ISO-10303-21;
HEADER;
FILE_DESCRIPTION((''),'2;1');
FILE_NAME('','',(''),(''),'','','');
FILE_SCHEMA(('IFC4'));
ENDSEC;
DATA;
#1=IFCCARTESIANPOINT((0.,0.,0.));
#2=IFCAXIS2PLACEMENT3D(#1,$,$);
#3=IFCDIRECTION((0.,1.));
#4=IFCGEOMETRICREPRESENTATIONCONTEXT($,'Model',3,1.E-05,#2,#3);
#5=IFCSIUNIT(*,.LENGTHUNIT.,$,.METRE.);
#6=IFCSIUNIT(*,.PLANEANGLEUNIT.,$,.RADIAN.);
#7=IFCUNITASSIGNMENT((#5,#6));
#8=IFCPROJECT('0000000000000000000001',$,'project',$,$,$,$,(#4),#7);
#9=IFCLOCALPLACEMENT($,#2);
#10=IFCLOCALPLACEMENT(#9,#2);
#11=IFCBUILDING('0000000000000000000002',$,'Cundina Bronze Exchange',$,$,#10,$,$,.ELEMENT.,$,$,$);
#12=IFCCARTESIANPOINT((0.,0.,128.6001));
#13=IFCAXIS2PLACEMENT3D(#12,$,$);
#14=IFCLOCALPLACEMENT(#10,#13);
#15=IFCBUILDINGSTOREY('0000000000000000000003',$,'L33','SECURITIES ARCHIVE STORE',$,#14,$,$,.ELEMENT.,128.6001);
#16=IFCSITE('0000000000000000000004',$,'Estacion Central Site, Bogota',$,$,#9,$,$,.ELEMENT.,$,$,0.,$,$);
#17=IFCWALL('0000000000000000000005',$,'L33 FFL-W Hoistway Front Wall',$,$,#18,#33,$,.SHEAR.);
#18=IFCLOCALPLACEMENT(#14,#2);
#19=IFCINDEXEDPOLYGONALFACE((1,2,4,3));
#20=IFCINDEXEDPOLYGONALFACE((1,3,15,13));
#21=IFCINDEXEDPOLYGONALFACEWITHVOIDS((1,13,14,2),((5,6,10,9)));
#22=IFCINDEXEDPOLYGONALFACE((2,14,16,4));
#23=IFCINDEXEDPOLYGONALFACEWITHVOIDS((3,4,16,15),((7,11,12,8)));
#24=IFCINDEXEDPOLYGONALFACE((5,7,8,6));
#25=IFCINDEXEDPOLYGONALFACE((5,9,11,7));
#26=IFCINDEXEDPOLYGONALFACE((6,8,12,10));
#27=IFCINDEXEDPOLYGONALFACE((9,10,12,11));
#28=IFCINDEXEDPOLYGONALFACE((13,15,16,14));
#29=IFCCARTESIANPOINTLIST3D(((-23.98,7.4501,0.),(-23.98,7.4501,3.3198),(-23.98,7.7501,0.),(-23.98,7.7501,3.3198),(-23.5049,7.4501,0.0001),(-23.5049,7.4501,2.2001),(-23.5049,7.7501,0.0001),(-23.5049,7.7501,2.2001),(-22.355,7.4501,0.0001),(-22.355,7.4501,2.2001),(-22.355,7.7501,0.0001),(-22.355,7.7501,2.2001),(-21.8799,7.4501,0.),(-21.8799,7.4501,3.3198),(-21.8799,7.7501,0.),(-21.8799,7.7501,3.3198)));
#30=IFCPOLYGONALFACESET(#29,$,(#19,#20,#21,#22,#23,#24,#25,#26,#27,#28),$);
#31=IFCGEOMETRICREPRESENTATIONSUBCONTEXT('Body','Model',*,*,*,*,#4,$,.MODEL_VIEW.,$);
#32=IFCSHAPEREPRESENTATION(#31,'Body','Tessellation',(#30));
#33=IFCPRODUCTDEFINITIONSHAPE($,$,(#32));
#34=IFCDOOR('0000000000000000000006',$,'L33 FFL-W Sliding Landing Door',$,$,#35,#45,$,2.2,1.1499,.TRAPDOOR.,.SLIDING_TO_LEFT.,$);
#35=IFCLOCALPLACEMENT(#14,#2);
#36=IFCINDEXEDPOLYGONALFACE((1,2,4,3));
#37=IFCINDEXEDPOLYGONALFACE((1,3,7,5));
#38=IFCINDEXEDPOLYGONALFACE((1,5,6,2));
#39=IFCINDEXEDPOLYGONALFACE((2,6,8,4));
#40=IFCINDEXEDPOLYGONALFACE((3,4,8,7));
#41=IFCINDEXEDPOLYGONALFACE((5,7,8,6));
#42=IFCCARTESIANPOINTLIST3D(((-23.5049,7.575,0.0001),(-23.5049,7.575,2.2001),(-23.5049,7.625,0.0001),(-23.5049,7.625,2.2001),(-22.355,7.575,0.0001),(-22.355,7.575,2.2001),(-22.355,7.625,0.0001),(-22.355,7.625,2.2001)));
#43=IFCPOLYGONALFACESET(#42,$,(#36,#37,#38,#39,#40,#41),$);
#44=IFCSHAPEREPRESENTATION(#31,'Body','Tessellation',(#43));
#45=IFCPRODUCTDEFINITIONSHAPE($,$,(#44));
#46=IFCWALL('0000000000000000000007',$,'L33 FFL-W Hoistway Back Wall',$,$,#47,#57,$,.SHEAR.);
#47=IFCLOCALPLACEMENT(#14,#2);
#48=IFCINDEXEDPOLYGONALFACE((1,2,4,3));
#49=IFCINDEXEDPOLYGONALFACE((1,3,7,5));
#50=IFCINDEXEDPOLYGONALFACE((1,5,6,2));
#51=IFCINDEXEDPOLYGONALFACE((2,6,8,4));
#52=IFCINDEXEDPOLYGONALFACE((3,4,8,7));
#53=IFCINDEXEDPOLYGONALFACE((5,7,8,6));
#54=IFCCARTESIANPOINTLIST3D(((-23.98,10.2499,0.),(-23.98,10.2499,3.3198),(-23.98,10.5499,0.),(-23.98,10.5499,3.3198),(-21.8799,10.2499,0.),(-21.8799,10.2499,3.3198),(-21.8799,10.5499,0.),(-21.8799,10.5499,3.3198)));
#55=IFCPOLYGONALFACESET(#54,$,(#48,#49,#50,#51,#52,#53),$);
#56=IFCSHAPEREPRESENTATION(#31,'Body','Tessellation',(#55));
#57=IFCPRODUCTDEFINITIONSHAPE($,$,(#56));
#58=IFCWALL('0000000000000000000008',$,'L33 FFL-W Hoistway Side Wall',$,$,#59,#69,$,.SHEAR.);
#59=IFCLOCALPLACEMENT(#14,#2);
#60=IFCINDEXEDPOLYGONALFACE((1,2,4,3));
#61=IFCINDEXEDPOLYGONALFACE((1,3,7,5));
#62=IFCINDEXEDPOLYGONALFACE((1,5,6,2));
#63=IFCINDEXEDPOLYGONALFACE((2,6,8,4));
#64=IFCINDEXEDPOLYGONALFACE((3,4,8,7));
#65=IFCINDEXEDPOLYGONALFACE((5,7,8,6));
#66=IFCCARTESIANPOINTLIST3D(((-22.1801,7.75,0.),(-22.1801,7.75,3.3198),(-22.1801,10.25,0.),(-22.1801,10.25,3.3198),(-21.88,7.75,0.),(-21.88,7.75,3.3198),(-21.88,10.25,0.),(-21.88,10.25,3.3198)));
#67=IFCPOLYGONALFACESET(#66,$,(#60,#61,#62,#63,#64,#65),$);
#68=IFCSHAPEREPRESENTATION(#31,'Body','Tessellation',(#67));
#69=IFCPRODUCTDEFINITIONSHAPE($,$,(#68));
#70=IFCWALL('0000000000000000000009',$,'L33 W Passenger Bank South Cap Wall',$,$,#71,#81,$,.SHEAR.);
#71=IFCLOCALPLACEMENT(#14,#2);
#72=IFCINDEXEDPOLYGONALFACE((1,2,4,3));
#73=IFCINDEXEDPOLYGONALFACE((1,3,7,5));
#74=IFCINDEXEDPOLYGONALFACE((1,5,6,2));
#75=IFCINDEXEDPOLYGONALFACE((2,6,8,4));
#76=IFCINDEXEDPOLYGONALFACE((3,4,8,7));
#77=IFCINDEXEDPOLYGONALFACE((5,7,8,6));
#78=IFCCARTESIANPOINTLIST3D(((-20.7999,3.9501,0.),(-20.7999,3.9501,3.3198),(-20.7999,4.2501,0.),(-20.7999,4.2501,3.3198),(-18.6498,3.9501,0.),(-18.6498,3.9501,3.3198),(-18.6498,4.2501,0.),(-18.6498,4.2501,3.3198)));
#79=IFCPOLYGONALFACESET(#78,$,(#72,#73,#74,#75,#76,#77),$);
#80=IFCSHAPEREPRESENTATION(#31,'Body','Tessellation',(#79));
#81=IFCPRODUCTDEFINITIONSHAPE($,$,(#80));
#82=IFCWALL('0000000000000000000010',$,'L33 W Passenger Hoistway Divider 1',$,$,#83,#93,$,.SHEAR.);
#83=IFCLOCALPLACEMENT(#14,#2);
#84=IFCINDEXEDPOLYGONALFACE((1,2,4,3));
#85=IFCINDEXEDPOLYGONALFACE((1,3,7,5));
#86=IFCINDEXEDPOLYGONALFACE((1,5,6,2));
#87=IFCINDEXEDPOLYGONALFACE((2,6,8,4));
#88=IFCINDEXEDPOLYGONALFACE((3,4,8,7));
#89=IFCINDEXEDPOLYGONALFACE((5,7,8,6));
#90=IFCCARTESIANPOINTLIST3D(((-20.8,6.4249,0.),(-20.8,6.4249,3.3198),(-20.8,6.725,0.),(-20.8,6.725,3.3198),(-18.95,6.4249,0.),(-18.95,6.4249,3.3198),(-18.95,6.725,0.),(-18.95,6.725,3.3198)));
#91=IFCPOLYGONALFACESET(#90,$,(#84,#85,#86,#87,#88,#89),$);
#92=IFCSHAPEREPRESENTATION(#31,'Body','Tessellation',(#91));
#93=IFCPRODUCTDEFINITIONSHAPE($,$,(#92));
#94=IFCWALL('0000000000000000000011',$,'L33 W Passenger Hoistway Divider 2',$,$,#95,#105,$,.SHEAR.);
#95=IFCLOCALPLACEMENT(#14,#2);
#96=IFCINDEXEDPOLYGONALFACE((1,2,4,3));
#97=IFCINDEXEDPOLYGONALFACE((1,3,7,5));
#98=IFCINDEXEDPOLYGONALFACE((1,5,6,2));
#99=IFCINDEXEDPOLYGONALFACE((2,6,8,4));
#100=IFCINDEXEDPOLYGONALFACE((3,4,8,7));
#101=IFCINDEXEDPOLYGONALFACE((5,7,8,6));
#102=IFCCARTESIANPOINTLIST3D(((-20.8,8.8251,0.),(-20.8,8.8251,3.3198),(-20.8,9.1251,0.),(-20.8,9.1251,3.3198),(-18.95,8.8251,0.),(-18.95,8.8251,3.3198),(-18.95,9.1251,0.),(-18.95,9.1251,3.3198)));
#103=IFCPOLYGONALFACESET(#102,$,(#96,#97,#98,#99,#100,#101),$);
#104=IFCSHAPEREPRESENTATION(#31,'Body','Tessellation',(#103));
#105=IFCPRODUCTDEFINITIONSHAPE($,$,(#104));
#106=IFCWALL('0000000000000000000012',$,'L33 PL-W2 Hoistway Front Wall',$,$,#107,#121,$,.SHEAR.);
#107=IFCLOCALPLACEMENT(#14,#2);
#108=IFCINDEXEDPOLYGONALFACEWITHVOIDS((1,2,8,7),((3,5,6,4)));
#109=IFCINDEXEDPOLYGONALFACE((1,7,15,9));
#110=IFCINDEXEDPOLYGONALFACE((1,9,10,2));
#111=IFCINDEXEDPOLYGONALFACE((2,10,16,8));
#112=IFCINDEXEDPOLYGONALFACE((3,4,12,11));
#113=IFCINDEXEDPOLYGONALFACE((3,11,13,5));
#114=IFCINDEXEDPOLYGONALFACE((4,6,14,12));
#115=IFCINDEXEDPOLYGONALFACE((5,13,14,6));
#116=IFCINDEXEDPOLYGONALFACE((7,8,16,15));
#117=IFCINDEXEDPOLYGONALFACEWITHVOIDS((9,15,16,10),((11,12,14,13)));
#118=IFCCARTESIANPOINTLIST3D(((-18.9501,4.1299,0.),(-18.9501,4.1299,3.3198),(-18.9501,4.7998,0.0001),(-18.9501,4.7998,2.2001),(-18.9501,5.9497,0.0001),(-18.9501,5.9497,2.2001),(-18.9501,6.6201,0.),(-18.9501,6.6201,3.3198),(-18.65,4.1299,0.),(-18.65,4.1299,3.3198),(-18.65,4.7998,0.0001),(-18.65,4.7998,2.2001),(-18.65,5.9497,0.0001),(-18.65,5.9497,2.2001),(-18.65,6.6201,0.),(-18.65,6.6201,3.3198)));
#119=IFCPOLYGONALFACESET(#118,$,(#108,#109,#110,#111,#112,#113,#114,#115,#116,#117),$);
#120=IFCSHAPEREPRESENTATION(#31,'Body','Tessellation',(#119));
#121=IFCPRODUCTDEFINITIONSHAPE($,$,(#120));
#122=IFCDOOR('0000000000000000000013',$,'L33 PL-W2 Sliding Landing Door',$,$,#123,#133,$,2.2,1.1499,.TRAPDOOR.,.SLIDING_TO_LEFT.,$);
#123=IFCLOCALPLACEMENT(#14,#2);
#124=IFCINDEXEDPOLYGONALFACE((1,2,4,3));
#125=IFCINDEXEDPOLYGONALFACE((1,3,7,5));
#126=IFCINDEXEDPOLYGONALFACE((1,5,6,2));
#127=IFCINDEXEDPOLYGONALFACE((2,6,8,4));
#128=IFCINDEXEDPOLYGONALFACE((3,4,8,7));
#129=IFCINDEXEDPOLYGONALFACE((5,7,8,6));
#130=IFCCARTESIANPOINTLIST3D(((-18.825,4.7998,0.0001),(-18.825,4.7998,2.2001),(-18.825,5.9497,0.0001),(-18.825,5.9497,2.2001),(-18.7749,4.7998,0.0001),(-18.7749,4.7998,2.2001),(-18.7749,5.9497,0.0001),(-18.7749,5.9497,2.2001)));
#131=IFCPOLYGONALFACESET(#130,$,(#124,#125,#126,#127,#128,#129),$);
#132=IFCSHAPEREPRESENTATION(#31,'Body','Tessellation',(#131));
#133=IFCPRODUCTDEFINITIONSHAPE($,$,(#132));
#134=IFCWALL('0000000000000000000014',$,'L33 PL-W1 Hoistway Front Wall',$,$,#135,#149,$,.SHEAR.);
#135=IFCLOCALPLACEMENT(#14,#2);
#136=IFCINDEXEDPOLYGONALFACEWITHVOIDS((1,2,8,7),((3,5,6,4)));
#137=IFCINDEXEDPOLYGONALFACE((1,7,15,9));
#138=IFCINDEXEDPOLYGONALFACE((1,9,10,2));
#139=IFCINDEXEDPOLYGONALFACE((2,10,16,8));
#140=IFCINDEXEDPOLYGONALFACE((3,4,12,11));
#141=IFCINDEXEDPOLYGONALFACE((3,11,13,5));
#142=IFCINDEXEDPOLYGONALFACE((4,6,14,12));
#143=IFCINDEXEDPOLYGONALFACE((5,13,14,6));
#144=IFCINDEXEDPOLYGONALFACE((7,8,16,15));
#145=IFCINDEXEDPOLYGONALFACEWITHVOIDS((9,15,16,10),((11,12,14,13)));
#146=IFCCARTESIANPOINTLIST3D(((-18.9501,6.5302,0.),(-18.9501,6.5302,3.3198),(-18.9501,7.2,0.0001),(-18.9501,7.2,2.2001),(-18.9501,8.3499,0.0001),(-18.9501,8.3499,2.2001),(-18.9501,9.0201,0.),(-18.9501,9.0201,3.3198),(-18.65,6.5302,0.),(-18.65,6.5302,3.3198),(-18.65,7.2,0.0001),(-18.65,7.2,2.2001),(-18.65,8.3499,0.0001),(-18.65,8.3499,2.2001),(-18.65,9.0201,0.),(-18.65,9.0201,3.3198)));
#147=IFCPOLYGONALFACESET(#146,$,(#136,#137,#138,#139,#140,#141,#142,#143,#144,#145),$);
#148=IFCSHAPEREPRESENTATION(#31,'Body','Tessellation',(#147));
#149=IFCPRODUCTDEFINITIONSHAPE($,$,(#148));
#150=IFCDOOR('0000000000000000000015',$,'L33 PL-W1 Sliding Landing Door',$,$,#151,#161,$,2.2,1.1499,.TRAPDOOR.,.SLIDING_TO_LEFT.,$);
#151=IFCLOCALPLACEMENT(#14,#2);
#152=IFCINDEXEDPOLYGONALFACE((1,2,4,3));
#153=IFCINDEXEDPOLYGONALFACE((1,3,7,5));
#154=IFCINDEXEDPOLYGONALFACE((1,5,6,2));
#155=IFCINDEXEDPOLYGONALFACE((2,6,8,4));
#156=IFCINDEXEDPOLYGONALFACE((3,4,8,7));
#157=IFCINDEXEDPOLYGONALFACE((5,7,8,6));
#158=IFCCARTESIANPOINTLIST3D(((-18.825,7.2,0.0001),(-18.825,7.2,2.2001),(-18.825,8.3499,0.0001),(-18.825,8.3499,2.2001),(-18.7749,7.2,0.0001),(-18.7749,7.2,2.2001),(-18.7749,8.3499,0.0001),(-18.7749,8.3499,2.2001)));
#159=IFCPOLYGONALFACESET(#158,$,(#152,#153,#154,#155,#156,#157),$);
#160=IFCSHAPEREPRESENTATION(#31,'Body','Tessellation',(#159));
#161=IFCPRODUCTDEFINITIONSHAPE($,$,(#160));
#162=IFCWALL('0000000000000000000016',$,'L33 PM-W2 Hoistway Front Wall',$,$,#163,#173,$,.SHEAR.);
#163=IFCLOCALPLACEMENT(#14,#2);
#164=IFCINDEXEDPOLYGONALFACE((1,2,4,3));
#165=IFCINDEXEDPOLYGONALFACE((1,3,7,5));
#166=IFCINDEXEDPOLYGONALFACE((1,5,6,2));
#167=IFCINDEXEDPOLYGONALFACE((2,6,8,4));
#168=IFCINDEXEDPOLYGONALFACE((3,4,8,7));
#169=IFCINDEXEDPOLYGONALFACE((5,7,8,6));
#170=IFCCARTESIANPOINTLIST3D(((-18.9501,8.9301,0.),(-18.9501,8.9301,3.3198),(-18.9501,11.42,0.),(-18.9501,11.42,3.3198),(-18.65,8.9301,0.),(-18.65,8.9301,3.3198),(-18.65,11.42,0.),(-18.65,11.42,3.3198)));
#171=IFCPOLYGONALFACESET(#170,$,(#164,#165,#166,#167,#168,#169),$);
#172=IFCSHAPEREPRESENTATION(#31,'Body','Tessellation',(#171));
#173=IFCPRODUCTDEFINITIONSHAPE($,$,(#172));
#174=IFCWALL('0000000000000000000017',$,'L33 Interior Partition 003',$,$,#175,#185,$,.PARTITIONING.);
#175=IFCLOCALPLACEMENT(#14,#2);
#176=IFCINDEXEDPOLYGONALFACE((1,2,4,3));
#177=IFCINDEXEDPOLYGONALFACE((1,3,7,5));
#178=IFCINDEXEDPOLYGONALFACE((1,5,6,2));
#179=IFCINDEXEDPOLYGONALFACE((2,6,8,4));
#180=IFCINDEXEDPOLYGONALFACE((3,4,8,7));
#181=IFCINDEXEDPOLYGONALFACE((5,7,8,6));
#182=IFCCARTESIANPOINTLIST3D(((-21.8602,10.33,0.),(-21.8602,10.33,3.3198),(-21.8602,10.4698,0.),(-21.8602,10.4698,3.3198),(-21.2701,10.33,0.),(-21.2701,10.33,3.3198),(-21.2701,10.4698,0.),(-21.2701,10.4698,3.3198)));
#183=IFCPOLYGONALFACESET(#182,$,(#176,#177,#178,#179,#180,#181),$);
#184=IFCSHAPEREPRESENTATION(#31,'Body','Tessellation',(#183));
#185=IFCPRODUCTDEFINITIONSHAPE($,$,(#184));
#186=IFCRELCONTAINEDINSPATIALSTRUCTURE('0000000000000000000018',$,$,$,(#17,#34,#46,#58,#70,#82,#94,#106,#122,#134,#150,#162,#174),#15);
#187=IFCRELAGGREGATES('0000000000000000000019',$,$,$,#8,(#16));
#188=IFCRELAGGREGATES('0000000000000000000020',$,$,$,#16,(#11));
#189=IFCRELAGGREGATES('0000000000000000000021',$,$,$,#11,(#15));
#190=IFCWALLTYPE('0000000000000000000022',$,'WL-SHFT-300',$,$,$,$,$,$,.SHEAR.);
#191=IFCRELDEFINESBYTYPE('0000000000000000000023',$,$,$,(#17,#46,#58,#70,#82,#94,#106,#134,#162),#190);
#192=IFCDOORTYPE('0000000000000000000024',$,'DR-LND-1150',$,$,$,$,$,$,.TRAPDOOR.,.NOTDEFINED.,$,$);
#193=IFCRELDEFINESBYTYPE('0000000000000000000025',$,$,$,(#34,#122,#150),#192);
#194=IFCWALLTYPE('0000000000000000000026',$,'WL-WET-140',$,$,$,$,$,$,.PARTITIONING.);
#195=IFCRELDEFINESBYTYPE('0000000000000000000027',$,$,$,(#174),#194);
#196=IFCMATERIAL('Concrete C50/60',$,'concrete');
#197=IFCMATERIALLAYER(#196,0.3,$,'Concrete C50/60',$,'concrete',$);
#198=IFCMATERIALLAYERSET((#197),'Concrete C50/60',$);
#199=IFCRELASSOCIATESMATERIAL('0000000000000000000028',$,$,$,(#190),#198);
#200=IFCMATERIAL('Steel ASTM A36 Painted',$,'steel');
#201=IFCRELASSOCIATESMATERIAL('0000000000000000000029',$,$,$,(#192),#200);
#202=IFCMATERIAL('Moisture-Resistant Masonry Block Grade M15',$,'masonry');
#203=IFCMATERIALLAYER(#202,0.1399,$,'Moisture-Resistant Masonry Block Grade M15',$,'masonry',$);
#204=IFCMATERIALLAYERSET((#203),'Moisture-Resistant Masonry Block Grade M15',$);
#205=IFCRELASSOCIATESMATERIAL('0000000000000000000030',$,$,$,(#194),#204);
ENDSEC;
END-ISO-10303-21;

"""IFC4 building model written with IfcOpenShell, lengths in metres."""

from ifc_helpers import new_model, si_unit, direction, frame, frame_2d, origin, place, context, subcontext, project, spatial, rectangle, extrude, material, layer, layer_set, type_object, element, fill, save


model = new_model("IFC4")

# Units and contexts
model_context = context("Model", 3, precision=1e-05, world=origin(), true_north=direction((0.0, 1.0)))
body_context = subcontext(model_context, "Body", "Model", "MODEL_VIEW")
ifc_project = project(units=[si_unit("LENGTHUNIT", "METRE"), si_unit("PLANEANGLEUNIT", "RADIAN")], contexts=[model_context])

# Site, building, storey
site_placement = place(None, origin())
site = spatial("IfcSite", under=ifc_project, at=site_placement, Name="Estacion Central Site, Bogota", CompositionType="ELEMENT", RefElevation=0.0)
building_placement = place(site_placement, origin())
building = spatial("IfcBuilding", under=site, at=building_placement, Name="Cundina Bronze Exchange", CompositionType="ELEMENT")
storey_placement = place(building_placement, frame((0.0, 0.0, 128.6001)))
storey = spatial("IfcBuildingStorey", under=building, at=storey_placement, Name="L33", Description="SECURITIES ARCHIVE STORE", CompositionType="ELEMENT", Elevation=128.6001)

# Shared definitions
ifc_material_1 = material(Name="Concrete C50/60", Category="concrete")
ifc_layer_1 = layer(ifc_material_1, 0.3, Name="Concrete C50/60", Category="concrete")
ifc_layer_set_1 = layer_set([ifc_layer_1], Name="Concrete C50/60")
wall_type_1 = type_object("IfcWallType", Name="WL-SHFT-300", PredefinedType="SHEAR", material=ifc_layer_set_1)

# Wall, opening, door
wall_1_placement = place(storey_placement, frame((-23.98, 7.6001, 0.0), z_axis=(0.0, 0.0, 1.0), x_axis=(1.0, 0.0, 0.0)))
wall_1 = element("IfcWall", 1, at=wall_1_placement, inside=storey, type_object=wall_type_1, Name="L33 FFL-W Hoistway Front Wall", PredefinedType="SHEAR", context=body_context, shape_type="SweptSolid", body=[
    extrude(rectangle(XDim=2.1001, YDim=0.3, at=frame_2d((1.05, 0.0))), origin(), (0.0, 0.0, 1.0), 3.3198),
])
opening_1_placement = place(wall_1_placement, frame((0.4751, 0.0, 0.0)))
opening_1 = element("IfcOpeningElement", 2, at=opening_1_placement, cuts=wall_1, PredefinedType="OPENING", context=body_context, shape_type="SweptSolid", body=[
    extrude(rectangle(XDim=1.1499, YDim=2.2, at=frame_2d((0.575, 1.1001))), frame((0.0, 0.1599, 0.0), z_axis=(0.0, -1.0, 0.0), x_axis=(1.0, 0.0, 0.0)), (0.0, 0.0, 1.0), 0.3201),
])
ifc_material_2 = material(Name="Steel ASTM A36 Painted", Category="steel")
door_type = type_object("IfcDoorType", Name="DR-LND-1150", OperationType="NOTDEFINED", PredefinedType="TRAPDOOR", material=ifc_material_2)
door_1_placement = place(opening_1_placement, origin())
door_1 = element("IfcDoor", 3, at=door_1_placement, inside=storey, type_object=door_type, Name="L33 FFL-W Sliding Landing Door", OperationType="SLIDING_TO_LEFT", OverallHeight=2.2, OverallWidth=1.1499, PredefinedType="TRAPDOOR", context=body_context, shape_type="SweptSolid", body=[
    extrude(rectangle(XDim=1.1499, YDim=2.2, at=frame_2d((0.575, 1.1001))), frame((0.0, 0.0249, 0.0), z_axis=(0.0, -1.0, 0.0), x_axis=(1.0, 0.0, 0.0)), (0.0, 0.0, 1.0), 0.05),
])
fill(opening_1, door_1)

# Walls
wall_2_placement = place(storey_placement, frame((-23.98, 10.3999, 0.0), z_axis=(0.0, 0.0, 1.0), x_axis=(1.0, 0.0, 0.0)))
element("IfcWall", 4, at=wall_2_placement, inside=storey, type_object=wall_type_1, Name="L33 FFL-W Hoistway Back Wall", PredefinedType="SHEAR", context=body_context, shape_type="SweptSolid", body=[
    extrude(rectangle(XDim=2.1001, YDim=0.3, at=frame_2d((1.05, 0.0))), origin(), (0.0, 0.0, 1.0), 3.3198),
])
wall_3_placement = place(storey_placement, frame((-22.03, 7.75, 0.0), z_axis=(0.0, 0.0, 1.0), x_axis=(0.0, 1.0, 0.0)))
element("IfcWall", 5, at=wall_3_placement, inside=storey, type_object=wall_type_1, Name="L33 FFL-W Hoistway Side Wall", PredefinedType="SHEAR", context=body_context, shape_type="SweptSolid", body=[
    extrude(rectangle(XDim=2.5, YDim=0.3, at=frame_2d((1.25, 0.0))), origin(), (0.0, 0.0, 1.0), 3.3198),
])
wall_4_placement = place(storey_placement, frame((-20.8, 4.1001, 0.0), z_axis=(0.0, 0.0, 1.0), x_axis=(1.0, 0.0, 0.0)))
element("IfcWall", 6, at=wall_4_placement, inside=storey, type_object=wall_type_1, Name="L33 W Passenger Bank South Cap Wall", PredefinedType="SHEAR", context=body_context, shape_type="SweptSolid", body=[
    extrude(rectangle(XDim=2.1501, YDim=0.3, at=frame_2d((1.0752, 0.0))), origin(), (0.0, 0.0, 1.0), 3.3198),
])
for number, where, z_axis, x_axis, name in (
    (7, (-20.8, 6.575, 0.0), (0.0, 0.0, 1.0), (1.0, 0.0, 0.0), "L33 W Passenger Hoistway Divider 1"),
    (8, (-20.8, 8.9751, 0.0), (0.0, 0.0, 1.0), (1.0, 0.0, 0.0), "L33 W Passenger Hoistway Divider 2"),
):
    element("IfcWall", number, at=place(storey_placement, frame(where, z_axis=z_axis, x_axis=x_axis)), inside=storey, type_object=wall_type_1, Name=name, PredefinedType="SHEAR", context=body_context, shape_type="SweptSolid", body=[
        extrude(rectangle(XDim=1.8501, YDim=0.3, at=frame_2d((0.925, 0.0))), origin(), (0.0, 0.0, 1.0), 3.3198),
    ])

# Walls, openings, doors
wall_5_placement = place(storey_placement, frame((-18.8, 4.1299, 0.0), z_axis=(0.0, 0.0, 1.0), x_axis=(0.0, 1.0, 0.0)))
wall_5 = element("IfcWall", 9, at=wall_5_placement, inside=storey, type_object=wall_type_1, Name="L33 PL-W2 Hoistway Front Wall", PredefinedType="SHEAR", context=body_context, shape_type="SweptSolid", body=[
    extrude(rectangle(XDim=2.4902, YDim=0.3, at=frame_2d((1.2451, 0.0))), origin(), (0.0, 0.0, 1.0), 3.3198),
])
opening_2_placement = place(wall_5_placement, frame((0.6699, 0.0, 0.0)))
opening_2 = element("IfcOpeningElement", 10, at=opening_2_placement, cuts=wall_5, PredefinedType="OPENING", context=body_context, shape_type="SweptSolid", body=[
    extrude(rectangle(XDim=1.1499, YDim=2.2, at=frame_2d((0.575, 1.1001))), frame((0.0, 0.1599, 0.0), z_axis=(0.0, -1.0, 0.0), x_axis=(1.0, 0.0, 0.0)), (0.0, 0.0, 1.0), 0.3201),
])
door_2_placement = place(opening_2_placement, origin())
door_2 = element("IfcDoor", 11, at=door_2_placement, inside=storey, type_object=door_type, Name="L33 PL-W2 Sliding Landing Door", OperationType="SLIDING_TO_LEFT", OverallHeight=2.2, OverallWidth=1.1499, PredefinedType="TRAPDOOR", context=body_context, shape_type="SweptSolid", body=[
    extrude(rectangle(XDim=1.1499, YDim=2.2, at=frame_2d((0.575, 1.1001))), frame((0.0, 0.0249, 0.0), z_axis=(0.0, -1.0, 0.0), x_axis=(1.0, 0.0, 0.0)), (0.0, 0.0, 1.0), 0.05),
])
fill(opening_2, door_2)
wall_6_placement = place(storey_placement, frame((-18.8, 6.53, 0.0), z_axis=(0.0, 0.0, 1.0), x_axis=(0.0, 1.0, 0.0)))
wall_6 = element("IfcWall", 12, at=wall_6_placement, inside=storey, type_object=wall_type_1, Name="L33 PL-W1 Hoistway Front Wall", PredefinedType="SHEAR", context=body_context, shape_type="SweptSolid", body=[
    extrude(rectangle(XDim=2.49, YDim=0.3, at=frame_2d((1.2451, 0.0))), origin(), (0.0, 0.0, 1.0), 3.3198),
])
opening_3_placement = place(wall_6_placement, frame((0.6699, 0.0, 0.0)))
opening_3 = element("IfcOpeningElement", 13, at=opening_3_placement, cuts=wall_6, PredefinedType="OPENING", context=body_context, shape_type="SweptSolid", body=[
    extrude(rectangle(XDim=1.1499, YDim=2.2, at=frame_2d((0.575, 1.1001))), frame((0.0, 0.1599, 0.0), z_axis=(0.0, -1.0, 0.0), x_axis=(1.0, 0.0, 0.0)), (0.0, 0.0, 1.0), 0.3201),
])
door_3_placement = place(opening_3_placement, origin())
door_3 = element("IfcDoor", 14, at=door_3_placement, inside=storey, type_object=door_type, Name="L33 PL-W1 Sliding Landing Door", OperationType="SLIDING_TO_LEFT", OverallHeight=2.2, OverallWidth=1.1499, PredefinedType="TRAPDOOR", context=body_context, shape_type="SweptSolid", body=[
    extrude(rectangle(XDim=1.1499, YDim=2.2, at=frame_2d((0.575, 1.1001))), frame((0.0, 0.0249, 0.0), z_axis=(0.0, -1.0, 0.0), x_axis=(1.0, 0.0, 0.0)), (0.0, 0.0, 1.0), 0.05),
])
fill(opening_3, door_3)

# Walls
wall_7_placement = place(storey_placement, frame((-18.8, 8.9299, 0.0), z_axis=(0.0, 0.0, 1.0), x_axis=(0.0, 1.0, 0.0)))
element("IfcWall", 15, at=wall_7_placement, inside=storey, type_object=wall_type_1, Name="L33 PM-W2 Hoistway Front Wall", PredefinedType="SHEAR", context=body_context, shape_type="SweptSolid", body=[
    extrude(rectangle(XDim=2.49, YDim=0.3, at=frame_2d((1.2451, 0.0))), origin(), (0.0, 0.0, 1.0), 3.3198),
])
ifc_material_3 = material(Name="Moisture-Resistant Masonry Block Grade M15", Category="masonry")
ifc_layer_2 = layer(ifc_material_3, 0.1399, Name="Moisture-Resistant Masonry Block Grade M15", Category="masonry")
ifc_layer_set_2 = layer_set([ifc_layer_2], Name="Moisture-Resistant Masonry Block Grade M15")
wall_type_2 = type_object("IfcWallType", Name="WL-WET-140", PredefinedType="PARTITIONING", material=ifc_layer_set_2)
wall_8_placement = place(storey_placement, frame((-21.8601, 10.3999, 0.0), z_axis=(0.0, 0.0, 1.0), x_axis=(1.0, 0.0, 0.0)))
element("IfcWall", 16, at=wall_8_placement, inside=storey, type_object=wall_type_2, Name="L33 Interior Partition 003", PredefinedType="PARTITIONING", context=body_context, shape_type="SweptSolid", body=[
    extrude(rectangle(XDim=0.5901, YDim=0.1399, at=frame_2d((0.2949, 0.0))), origin(), (0.0, 0.0, 1.0), 3.3198),
])

save(model, "model.ifc")
